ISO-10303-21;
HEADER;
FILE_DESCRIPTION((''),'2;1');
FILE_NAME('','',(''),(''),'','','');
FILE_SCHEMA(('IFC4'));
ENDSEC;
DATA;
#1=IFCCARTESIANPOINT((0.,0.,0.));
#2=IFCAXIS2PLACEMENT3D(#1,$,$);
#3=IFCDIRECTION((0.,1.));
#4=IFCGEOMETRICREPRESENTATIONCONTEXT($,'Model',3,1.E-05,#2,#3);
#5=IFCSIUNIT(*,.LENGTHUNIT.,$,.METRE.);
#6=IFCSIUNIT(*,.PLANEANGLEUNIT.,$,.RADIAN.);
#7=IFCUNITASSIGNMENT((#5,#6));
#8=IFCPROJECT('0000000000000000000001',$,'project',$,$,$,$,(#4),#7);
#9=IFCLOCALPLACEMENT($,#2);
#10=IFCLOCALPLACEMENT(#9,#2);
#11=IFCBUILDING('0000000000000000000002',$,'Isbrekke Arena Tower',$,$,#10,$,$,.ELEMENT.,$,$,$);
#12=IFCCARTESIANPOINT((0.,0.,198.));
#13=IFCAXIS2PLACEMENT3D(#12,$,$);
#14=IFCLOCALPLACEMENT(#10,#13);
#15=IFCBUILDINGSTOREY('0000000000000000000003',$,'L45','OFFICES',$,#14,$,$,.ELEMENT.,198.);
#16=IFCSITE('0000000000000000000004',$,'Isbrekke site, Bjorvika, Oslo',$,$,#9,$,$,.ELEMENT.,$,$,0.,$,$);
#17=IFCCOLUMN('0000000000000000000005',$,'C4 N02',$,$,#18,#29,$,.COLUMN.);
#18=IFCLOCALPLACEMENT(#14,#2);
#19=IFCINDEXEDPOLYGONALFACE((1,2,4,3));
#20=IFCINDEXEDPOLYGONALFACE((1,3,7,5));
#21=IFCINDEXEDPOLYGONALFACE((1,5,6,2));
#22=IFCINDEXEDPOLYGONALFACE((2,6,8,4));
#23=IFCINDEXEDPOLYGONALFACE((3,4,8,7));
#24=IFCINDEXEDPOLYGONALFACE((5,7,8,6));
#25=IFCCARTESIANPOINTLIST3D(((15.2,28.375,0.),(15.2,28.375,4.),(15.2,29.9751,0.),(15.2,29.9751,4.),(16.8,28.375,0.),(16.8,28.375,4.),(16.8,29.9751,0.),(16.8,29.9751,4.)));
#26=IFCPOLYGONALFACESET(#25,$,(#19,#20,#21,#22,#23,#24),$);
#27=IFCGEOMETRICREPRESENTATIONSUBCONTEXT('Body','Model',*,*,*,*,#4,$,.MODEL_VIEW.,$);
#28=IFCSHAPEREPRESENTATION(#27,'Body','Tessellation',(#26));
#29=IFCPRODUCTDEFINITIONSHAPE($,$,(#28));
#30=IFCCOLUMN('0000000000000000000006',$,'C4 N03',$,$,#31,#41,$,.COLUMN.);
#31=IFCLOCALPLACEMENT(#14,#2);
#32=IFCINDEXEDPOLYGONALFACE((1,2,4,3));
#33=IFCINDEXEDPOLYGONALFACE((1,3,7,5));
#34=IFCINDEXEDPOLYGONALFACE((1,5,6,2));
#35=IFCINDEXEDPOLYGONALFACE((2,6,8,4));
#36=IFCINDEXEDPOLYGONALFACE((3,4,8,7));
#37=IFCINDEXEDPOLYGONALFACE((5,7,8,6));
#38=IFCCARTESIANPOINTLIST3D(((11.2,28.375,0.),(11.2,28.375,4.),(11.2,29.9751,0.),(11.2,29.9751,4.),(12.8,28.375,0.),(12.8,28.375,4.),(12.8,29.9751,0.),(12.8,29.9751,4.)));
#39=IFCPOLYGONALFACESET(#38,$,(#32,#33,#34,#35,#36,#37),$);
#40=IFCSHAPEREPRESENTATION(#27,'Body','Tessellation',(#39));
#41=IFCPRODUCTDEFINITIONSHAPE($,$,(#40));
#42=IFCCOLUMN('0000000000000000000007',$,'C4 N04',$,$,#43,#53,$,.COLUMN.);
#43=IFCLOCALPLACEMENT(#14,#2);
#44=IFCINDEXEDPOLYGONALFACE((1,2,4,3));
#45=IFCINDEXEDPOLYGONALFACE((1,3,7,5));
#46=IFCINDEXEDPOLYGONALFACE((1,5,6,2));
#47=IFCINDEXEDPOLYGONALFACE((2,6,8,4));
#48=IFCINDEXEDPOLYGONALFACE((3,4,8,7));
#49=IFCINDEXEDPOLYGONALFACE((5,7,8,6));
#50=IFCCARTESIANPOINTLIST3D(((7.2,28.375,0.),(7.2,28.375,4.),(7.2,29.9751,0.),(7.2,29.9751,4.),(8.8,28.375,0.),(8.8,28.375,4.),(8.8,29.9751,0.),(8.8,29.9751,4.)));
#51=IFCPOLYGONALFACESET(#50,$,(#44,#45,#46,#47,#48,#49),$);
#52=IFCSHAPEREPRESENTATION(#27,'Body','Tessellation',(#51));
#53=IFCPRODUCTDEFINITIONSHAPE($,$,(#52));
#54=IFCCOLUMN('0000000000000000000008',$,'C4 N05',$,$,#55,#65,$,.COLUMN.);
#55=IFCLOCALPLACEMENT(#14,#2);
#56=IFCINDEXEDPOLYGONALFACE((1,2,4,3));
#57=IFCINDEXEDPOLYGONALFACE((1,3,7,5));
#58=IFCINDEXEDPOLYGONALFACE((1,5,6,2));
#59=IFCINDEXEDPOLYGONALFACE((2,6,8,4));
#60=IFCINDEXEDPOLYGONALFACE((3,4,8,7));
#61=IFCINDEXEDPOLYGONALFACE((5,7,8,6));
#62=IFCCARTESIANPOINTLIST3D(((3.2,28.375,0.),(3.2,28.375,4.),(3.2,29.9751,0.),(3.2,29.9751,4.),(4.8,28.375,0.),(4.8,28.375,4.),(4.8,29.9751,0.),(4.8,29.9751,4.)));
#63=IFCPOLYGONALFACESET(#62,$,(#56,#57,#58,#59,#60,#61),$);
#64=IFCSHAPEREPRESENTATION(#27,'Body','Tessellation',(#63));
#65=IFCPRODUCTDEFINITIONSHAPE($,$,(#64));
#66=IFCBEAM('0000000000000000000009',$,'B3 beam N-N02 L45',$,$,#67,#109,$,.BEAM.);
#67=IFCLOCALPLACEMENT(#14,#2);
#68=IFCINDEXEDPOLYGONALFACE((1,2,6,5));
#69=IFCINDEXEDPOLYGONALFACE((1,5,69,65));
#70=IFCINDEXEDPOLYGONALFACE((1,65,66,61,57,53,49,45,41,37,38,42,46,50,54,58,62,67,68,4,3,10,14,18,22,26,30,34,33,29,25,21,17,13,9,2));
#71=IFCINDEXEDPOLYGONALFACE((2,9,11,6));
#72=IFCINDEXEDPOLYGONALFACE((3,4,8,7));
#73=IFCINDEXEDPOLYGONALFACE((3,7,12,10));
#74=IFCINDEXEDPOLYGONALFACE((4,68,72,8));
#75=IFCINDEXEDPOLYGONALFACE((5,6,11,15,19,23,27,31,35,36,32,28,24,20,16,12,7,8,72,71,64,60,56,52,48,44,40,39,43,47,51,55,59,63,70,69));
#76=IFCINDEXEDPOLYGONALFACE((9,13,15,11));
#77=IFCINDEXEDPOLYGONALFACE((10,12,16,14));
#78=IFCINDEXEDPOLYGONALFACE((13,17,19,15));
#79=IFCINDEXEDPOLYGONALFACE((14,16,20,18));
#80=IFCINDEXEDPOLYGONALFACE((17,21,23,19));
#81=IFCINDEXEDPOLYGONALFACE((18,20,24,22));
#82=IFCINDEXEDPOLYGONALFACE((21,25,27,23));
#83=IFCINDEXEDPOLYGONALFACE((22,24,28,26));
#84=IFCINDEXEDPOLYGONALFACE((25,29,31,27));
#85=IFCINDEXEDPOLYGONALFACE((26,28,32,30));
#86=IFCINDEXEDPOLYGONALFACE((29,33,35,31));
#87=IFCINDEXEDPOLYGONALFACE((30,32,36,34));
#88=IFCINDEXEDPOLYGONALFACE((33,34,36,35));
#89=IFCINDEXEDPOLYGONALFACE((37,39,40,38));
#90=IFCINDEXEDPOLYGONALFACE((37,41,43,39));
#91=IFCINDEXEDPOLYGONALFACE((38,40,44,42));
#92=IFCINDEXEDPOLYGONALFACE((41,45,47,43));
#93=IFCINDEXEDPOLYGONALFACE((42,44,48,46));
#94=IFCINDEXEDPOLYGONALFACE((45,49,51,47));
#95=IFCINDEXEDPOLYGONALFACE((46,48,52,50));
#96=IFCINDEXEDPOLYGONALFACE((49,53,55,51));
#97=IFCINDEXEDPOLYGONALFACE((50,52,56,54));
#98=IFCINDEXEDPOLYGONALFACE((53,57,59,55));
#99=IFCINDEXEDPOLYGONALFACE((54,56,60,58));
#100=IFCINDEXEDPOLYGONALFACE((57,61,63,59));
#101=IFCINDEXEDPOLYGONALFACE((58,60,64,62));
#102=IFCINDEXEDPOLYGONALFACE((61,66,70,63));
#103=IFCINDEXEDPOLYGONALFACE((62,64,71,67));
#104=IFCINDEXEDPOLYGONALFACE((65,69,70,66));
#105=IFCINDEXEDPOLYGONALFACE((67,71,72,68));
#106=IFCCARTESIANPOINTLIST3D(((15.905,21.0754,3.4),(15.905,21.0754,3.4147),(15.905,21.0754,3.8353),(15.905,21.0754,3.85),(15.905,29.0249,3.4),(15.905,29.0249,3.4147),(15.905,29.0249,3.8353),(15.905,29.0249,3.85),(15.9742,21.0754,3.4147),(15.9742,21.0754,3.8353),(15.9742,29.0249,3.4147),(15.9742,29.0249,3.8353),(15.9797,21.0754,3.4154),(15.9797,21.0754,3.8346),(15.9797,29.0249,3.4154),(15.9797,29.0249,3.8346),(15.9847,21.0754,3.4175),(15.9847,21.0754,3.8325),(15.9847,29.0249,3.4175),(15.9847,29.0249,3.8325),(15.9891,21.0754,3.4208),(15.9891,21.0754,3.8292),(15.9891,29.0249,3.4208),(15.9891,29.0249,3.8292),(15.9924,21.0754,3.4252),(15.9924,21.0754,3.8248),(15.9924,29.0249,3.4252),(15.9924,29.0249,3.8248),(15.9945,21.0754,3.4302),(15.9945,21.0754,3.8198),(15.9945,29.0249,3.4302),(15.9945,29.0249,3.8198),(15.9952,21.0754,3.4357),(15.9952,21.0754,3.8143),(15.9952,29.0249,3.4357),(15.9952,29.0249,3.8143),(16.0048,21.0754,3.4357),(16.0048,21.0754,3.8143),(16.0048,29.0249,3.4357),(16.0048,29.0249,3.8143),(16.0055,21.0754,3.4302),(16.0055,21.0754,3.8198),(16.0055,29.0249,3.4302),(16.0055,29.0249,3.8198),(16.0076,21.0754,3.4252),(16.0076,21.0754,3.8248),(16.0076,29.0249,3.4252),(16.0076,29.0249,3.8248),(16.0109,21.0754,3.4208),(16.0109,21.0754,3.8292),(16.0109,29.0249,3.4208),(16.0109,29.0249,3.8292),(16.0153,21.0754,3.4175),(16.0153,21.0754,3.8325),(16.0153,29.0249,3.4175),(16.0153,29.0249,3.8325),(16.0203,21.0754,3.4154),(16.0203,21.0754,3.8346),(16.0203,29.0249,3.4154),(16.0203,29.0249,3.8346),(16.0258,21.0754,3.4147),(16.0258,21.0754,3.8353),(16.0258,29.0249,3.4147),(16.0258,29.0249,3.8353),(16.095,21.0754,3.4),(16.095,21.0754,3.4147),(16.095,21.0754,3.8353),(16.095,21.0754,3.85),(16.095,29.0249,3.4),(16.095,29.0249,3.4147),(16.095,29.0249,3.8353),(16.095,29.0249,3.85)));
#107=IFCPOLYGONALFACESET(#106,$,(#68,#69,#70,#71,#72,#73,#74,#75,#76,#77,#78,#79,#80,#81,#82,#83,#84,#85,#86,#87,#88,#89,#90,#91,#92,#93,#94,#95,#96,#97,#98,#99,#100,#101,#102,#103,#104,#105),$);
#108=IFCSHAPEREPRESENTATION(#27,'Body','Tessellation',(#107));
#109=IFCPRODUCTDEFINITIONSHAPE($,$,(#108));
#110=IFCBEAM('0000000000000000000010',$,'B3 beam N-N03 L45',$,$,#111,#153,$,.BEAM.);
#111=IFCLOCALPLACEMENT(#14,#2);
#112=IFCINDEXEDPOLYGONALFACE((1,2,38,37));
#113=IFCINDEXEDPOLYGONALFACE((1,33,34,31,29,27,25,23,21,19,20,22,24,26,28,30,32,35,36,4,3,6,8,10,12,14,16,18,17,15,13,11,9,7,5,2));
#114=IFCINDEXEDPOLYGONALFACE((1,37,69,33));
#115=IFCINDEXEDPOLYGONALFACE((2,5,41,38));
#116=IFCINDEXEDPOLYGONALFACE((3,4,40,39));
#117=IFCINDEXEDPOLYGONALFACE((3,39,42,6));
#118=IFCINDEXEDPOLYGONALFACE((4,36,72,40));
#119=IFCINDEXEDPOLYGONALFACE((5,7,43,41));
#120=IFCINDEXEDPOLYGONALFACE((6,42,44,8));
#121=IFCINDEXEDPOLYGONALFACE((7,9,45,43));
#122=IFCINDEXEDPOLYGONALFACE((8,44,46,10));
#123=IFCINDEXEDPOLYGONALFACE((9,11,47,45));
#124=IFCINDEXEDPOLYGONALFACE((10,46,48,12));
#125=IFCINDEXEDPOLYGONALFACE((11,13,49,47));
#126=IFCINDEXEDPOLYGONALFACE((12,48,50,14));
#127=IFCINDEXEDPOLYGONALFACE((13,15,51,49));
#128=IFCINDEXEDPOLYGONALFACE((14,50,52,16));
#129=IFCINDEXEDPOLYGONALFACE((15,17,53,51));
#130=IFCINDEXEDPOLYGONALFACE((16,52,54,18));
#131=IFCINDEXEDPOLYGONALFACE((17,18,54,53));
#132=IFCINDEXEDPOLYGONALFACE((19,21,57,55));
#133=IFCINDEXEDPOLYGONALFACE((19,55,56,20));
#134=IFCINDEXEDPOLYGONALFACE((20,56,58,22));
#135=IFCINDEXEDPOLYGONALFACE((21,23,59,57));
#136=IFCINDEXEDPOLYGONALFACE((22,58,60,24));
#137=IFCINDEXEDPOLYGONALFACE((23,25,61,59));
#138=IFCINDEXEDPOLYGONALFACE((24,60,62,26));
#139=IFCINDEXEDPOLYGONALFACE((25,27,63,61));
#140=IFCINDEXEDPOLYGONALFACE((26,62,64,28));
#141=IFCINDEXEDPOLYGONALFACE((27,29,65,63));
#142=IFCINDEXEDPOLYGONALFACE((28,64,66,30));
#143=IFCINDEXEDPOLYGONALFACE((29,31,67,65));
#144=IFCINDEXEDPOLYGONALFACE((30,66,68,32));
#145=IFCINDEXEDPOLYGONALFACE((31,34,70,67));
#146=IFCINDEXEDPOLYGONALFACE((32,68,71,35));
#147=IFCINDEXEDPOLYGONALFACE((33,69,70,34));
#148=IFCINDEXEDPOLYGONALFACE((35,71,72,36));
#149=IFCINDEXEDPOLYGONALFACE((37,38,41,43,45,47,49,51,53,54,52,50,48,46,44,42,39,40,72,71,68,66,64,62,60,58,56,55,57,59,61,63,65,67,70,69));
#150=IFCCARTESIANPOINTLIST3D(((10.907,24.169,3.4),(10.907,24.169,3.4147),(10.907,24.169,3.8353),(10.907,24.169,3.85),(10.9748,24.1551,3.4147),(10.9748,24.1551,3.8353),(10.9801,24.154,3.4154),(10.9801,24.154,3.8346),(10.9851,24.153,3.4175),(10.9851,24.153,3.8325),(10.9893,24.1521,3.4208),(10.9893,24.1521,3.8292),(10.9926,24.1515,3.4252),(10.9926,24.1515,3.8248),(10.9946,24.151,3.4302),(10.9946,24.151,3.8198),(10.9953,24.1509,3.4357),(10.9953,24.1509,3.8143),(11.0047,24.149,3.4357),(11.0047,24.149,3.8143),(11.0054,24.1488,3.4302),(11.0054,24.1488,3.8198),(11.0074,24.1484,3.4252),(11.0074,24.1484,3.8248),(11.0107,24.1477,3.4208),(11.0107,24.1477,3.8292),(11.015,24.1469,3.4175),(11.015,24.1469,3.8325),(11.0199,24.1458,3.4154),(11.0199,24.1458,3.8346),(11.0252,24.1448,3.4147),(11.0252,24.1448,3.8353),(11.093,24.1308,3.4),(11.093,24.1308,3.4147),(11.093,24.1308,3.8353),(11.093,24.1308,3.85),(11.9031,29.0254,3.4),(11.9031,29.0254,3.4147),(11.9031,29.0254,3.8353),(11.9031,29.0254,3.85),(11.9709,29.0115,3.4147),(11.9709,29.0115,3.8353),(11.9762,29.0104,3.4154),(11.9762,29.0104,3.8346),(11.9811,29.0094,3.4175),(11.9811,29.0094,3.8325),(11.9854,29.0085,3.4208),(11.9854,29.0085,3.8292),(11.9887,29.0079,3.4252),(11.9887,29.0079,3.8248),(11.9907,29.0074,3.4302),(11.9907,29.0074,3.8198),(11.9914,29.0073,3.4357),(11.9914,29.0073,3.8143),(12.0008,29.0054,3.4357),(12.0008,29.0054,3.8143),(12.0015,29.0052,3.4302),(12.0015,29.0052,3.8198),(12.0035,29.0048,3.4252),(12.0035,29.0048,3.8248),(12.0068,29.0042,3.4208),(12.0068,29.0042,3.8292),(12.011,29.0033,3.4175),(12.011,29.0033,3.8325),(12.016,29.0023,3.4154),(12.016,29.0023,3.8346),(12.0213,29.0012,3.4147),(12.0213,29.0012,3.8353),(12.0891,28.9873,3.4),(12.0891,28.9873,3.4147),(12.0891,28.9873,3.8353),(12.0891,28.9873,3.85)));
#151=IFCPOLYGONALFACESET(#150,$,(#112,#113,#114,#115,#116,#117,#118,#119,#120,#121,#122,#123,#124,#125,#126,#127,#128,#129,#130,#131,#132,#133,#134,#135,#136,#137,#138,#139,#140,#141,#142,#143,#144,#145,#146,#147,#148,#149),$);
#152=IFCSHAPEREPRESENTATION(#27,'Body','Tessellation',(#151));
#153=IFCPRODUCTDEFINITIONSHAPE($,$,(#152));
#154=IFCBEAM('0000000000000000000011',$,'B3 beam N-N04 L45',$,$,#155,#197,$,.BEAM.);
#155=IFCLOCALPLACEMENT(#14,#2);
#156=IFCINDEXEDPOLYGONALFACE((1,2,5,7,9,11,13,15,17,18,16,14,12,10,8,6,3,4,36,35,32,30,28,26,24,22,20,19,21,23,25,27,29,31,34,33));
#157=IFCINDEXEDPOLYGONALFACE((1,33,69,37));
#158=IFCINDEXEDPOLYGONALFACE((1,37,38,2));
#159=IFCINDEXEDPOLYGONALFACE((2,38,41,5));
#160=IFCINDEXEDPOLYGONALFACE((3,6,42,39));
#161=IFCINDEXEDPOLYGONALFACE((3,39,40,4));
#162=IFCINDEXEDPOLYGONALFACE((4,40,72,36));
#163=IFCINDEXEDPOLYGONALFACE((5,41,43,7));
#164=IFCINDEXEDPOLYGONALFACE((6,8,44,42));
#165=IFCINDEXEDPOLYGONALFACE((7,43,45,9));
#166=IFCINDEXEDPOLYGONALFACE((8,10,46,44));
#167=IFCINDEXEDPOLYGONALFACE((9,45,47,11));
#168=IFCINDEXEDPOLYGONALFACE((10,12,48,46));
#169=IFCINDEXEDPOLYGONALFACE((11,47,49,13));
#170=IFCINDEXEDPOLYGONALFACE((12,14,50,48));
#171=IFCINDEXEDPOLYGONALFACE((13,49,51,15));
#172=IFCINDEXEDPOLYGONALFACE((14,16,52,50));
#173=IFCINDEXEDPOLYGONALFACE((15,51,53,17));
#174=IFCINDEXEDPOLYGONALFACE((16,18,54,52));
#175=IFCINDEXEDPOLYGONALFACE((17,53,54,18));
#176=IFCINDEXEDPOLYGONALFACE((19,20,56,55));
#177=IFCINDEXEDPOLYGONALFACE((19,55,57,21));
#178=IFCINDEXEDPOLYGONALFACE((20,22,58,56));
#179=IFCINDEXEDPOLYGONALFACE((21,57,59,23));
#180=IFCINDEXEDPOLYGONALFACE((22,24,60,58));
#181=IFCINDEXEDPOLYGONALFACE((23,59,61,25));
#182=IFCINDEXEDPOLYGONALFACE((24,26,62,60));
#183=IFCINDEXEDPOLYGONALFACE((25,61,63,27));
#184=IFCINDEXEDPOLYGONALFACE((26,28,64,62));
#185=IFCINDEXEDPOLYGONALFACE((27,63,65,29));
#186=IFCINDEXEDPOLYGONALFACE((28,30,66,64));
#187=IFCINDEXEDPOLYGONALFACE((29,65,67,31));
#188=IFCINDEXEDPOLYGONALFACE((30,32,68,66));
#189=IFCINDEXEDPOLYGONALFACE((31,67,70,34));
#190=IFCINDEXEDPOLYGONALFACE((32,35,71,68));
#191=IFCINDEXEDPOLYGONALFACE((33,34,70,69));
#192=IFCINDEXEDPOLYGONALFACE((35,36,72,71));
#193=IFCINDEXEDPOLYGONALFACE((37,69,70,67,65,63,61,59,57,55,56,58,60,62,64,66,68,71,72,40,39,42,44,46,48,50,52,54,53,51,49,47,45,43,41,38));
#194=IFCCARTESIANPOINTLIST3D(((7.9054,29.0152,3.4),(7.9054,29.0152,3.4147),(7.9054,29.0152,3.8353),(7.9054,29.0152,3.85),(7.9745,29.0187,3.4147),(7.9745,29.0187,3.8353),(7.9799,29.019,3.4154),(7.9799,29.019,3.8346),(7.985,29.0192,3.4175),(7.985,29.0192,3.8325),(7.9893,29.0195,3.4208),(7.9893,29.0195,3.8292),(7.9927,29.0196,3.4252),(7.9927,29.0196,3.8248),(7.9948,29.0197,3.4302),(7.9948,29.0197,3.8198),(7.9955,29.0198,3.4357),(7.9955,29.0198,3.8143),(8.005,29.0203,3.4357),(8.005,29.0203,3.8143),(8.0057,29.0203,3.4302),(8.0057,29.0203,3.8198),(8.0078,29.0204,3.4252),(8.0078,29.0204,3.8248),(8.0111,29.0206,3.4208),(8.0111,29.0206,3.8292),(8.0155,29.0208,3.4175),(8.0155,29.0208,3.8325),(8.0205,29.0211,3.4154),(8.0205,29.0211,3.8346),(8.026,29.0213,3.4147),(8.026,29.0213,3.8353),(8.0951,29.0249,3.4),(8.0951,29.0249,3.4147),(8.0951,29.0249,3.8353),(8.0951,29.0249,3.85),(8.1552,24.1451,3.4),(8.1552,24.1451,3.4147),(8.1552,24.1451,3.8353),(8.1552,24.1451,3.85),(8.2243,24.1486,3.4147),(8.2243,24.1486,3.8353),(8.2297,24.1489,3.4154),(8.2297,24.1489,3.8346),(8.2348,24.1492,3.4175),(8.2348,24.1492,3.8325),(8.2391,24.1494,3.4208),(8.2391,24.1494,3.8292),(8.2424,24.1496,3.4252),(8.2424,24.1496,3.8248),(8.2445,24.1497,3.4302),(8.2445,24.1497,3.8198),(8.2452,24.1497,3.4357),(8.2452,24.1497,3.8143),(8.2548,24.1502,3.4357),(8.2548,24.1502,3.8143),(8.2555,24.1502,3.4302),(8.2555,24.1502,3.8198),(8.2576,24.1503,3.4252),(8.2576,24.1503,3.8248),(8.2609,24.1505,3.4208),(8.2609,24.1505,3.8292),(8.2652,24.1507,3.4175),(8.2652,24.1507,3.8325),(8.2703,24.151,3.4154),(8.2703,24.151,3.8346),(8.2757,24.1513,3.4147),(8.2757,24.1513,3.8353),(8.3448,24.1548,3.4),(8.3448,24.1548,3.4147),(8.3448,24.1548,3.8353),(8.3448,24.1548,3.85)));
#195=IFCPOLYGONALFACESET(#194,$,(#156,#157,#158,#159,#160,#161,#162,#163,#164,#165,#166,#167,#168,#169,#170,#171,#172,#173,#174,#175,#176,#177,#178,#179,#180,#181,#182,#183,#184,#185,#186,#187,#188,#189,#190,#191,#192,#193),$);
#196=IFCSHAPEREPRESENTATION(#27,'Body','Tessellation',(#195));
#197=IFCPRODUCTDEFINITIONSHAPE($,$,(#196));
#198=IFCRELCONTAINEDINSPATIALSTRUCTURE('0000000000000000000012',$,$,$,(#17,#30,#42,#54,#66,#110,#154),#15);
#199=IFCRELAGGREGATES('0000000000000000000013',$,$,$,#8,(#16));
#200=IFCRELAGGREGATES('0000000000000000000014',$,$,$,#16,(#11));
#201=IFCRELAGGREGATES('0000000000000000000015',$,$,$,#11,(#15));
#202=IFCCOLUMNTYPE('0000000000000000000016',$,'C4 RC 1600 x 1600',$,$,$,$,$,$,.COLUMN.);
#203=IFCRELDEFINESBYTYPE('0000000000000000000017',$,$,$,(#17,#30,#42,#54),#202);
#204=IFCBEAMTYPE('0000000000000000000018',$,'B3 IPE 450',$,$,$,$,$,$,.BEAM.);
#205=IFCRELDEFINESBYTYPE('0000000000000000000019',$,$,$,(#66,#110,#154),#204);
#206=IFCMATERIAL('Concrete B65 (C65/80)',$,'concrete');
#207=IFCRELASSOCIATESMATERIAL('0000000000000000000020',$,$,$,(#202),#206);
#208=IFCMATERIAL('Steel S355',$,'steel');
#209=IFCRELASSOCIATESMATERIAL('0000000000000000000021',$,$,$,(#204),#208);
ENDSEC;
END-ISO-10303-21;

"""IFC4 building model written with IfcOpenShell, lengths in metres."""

from ifc_helpers import new_model, si_unit, direction, frame, origin, origin_2d, place, context, subcontext, project, spatial, rectangle, i_section, extrude, material, material_profile, profile_set, type_object, element, save


model = new_model("IFC4")

# Units and contexts
model_context = context("Model", 3, precision=1e-05, world=origin(), true_north=direction((0.0, 1.0)))
body_context = subcontext(model_context, "Body", "Model", "MODEL_VIEW")
ifc_project = project(units=[si_unit("LENGTHUNIT", "METRE"), si_unit("PLANEANGLEUNIT", "RADIAN")], contexts=[model_context])

# Site, building, storey
site_placement = place(None, origin())
site = spatial("IfcSite", under=ifc_project, at=site_placement, Name="Isbrekke site, Bjorvika, Oslo", CompositionType="ELEMENT", RefElevation=0.0)
building_placement = place(site_placement, origin())
building = spatial("IfcBuilding", under=site, at=building_placement, Name="Isbrekke Arena Tower", CompositionType="ELEMENT")
storey_placement = place(building_placement, frame((0.0, 0.0, 198.0)))
storey = spatial("IfcBuildingStorey", under=building, at=storey_placement, Name="L45", Description="OFFICES", CompositionType="ELEMENT", Elevation=198.0)

# Columns
ifc_material_1 = material(Name="Concrete B65 (C65/80)", Category="concrete")
ifc_material_profile_1 = material_profile(ifc_material_1, rectangle(XDim=1.6001, YDim=1.6001, at=origin_2d()), Name="RC 1600x1600")
ifc_profile_set_1 = profile_set([ifc_material_profile_1], Name="Concrete B65 (C65/80)")
column_type = type_object("IfcColumnType", Name="C4 RC 1600 x 1600", PredefinedType="COLUMN", material=ifc_profile_set_1)
for number, where, z_axis, x_axis, name in (
    (1, (16.0, 29.175, 0.0), (0.0, 0.0, 1.0), (-1.0, 0.0, 0.0), "C4 N02"),
    (2, (12.0, 29.175, 0.0), (0.0, 0.0, 1.0), (-1.0, 0.0, 0.0), "C4 N03"),
    (3, (8.0, 29.175, 0.0), (0.0, 0.0, 1.0), (-1.0, 0.0, 0.0), "C4 N04"),
    (4, (4.0, 29.175, 0.0), (0.0, 0.0, 1.0), (-1.0, 0.0, 0.0), "C4 N05"),
):
    element("IfcColumn", number, at=place(storey_placement, frame(where, z_axis=z_axis, x_axis=x_axis)), inside=storey, type_object=column_type, Name=name, PredefinedType="COLUMN", context=body_context, shape_type="SweptSolid", body=[
        extrude(rectangle(XDim=1.6001, YDim=1.6001, at=origin_2d()), origin(), (0.0, 0.0, 1.0), 4.0),
    ])

# Beams
ifc_material_2 = material(Name="Steel S355", Category="steel")
ifc_material_profile_2 = material_profile(ifc_material_2, i_section(OverallWidth=0.1899, OverallDepth=0.45, WebThickness=0.0095, FlangeThickness=0.0146, FilletRadius=0.021, at=origin_2d()), Name="IPE 450")
ifc_profile_set_2 = profile_set([ifc_material_profile_2], Name="Steel S355")
beam_type_1 = type_object("IfcBeamType", Name="B3 IPE 450", PredefinedType="BEAM", material=ifc_profile_set_2)
beam_1_placement = place(storey_placement, frame((16.0, 29.0249, 3.625), z_axis=(0.0, -1.0, 0.0), x_axis=(1.0, 0.0, 0.0)))
element("IfcBeam", 5, at=beam_1_placement, inside=storey, type_object=beam_type_1, Name="B3 beam N-N02 L45", PredefinedType="BEAM", context=body_context, shape_type="SweptSolid", body=[
    extrude(i_section(OverallWidth=0.1899, OverallDepth=0.45, WebThickness=0.0095, FlangeThickness=0.0146, FilletRadius=0.021, at=origin_2d()), origin(), (0.0, 0.0, 1.0), 7.9495),
])
beam_2_placement = place(storey_placement, frame((11.9961, 29.0063, 3.625), z_axis=(-0.200925, -0.979607, 0.0), x_axis=(0.979607, -0.200925, 0.0)))
element("IfcBeam", 6, at=beam_2_placement, inside=storey, type_object=beam_type_1, Name="B3 beam N-N03 L45", PredefinedType="BEAM", context=body_context, shape_type="SweptSolid", body=[
    extrude(i_section(OverallWidth=0.1899, OverallDepth=0.45, WebThickness=0.0095, FlangeThickness=0.0146, FilletRadius=0.021, at=origin_2d()), origin(), (0.0, 0.0, 1.0), 4.9575),
])
beam_3_placement = place(storey_placement, frame((8.0002, 29.02, 3.625), z_axis=(0.051216, -0.998688, 0.0), x_axis=(0.998688, 0.051216, 0.0)))
element("IfcBeam", 7, at=beam_3_placement, inside=storey, type_object=beam_type_1, Name="B3 beam N-N04 L45", PredefinedType="BEAM", context=body_context, shape_type="SweptSolid", body=[
    extrude(i_section(OverallWidth=0.1899, OverallDepth=0.45, WebThickness=0.0095, FlangeThickness=0.0146, FilletRadius=0.021, at=origin_2d()), origin(), (0.0, 0.0, 1.0), 4.8765),
])

save(model, "model.ifc")
